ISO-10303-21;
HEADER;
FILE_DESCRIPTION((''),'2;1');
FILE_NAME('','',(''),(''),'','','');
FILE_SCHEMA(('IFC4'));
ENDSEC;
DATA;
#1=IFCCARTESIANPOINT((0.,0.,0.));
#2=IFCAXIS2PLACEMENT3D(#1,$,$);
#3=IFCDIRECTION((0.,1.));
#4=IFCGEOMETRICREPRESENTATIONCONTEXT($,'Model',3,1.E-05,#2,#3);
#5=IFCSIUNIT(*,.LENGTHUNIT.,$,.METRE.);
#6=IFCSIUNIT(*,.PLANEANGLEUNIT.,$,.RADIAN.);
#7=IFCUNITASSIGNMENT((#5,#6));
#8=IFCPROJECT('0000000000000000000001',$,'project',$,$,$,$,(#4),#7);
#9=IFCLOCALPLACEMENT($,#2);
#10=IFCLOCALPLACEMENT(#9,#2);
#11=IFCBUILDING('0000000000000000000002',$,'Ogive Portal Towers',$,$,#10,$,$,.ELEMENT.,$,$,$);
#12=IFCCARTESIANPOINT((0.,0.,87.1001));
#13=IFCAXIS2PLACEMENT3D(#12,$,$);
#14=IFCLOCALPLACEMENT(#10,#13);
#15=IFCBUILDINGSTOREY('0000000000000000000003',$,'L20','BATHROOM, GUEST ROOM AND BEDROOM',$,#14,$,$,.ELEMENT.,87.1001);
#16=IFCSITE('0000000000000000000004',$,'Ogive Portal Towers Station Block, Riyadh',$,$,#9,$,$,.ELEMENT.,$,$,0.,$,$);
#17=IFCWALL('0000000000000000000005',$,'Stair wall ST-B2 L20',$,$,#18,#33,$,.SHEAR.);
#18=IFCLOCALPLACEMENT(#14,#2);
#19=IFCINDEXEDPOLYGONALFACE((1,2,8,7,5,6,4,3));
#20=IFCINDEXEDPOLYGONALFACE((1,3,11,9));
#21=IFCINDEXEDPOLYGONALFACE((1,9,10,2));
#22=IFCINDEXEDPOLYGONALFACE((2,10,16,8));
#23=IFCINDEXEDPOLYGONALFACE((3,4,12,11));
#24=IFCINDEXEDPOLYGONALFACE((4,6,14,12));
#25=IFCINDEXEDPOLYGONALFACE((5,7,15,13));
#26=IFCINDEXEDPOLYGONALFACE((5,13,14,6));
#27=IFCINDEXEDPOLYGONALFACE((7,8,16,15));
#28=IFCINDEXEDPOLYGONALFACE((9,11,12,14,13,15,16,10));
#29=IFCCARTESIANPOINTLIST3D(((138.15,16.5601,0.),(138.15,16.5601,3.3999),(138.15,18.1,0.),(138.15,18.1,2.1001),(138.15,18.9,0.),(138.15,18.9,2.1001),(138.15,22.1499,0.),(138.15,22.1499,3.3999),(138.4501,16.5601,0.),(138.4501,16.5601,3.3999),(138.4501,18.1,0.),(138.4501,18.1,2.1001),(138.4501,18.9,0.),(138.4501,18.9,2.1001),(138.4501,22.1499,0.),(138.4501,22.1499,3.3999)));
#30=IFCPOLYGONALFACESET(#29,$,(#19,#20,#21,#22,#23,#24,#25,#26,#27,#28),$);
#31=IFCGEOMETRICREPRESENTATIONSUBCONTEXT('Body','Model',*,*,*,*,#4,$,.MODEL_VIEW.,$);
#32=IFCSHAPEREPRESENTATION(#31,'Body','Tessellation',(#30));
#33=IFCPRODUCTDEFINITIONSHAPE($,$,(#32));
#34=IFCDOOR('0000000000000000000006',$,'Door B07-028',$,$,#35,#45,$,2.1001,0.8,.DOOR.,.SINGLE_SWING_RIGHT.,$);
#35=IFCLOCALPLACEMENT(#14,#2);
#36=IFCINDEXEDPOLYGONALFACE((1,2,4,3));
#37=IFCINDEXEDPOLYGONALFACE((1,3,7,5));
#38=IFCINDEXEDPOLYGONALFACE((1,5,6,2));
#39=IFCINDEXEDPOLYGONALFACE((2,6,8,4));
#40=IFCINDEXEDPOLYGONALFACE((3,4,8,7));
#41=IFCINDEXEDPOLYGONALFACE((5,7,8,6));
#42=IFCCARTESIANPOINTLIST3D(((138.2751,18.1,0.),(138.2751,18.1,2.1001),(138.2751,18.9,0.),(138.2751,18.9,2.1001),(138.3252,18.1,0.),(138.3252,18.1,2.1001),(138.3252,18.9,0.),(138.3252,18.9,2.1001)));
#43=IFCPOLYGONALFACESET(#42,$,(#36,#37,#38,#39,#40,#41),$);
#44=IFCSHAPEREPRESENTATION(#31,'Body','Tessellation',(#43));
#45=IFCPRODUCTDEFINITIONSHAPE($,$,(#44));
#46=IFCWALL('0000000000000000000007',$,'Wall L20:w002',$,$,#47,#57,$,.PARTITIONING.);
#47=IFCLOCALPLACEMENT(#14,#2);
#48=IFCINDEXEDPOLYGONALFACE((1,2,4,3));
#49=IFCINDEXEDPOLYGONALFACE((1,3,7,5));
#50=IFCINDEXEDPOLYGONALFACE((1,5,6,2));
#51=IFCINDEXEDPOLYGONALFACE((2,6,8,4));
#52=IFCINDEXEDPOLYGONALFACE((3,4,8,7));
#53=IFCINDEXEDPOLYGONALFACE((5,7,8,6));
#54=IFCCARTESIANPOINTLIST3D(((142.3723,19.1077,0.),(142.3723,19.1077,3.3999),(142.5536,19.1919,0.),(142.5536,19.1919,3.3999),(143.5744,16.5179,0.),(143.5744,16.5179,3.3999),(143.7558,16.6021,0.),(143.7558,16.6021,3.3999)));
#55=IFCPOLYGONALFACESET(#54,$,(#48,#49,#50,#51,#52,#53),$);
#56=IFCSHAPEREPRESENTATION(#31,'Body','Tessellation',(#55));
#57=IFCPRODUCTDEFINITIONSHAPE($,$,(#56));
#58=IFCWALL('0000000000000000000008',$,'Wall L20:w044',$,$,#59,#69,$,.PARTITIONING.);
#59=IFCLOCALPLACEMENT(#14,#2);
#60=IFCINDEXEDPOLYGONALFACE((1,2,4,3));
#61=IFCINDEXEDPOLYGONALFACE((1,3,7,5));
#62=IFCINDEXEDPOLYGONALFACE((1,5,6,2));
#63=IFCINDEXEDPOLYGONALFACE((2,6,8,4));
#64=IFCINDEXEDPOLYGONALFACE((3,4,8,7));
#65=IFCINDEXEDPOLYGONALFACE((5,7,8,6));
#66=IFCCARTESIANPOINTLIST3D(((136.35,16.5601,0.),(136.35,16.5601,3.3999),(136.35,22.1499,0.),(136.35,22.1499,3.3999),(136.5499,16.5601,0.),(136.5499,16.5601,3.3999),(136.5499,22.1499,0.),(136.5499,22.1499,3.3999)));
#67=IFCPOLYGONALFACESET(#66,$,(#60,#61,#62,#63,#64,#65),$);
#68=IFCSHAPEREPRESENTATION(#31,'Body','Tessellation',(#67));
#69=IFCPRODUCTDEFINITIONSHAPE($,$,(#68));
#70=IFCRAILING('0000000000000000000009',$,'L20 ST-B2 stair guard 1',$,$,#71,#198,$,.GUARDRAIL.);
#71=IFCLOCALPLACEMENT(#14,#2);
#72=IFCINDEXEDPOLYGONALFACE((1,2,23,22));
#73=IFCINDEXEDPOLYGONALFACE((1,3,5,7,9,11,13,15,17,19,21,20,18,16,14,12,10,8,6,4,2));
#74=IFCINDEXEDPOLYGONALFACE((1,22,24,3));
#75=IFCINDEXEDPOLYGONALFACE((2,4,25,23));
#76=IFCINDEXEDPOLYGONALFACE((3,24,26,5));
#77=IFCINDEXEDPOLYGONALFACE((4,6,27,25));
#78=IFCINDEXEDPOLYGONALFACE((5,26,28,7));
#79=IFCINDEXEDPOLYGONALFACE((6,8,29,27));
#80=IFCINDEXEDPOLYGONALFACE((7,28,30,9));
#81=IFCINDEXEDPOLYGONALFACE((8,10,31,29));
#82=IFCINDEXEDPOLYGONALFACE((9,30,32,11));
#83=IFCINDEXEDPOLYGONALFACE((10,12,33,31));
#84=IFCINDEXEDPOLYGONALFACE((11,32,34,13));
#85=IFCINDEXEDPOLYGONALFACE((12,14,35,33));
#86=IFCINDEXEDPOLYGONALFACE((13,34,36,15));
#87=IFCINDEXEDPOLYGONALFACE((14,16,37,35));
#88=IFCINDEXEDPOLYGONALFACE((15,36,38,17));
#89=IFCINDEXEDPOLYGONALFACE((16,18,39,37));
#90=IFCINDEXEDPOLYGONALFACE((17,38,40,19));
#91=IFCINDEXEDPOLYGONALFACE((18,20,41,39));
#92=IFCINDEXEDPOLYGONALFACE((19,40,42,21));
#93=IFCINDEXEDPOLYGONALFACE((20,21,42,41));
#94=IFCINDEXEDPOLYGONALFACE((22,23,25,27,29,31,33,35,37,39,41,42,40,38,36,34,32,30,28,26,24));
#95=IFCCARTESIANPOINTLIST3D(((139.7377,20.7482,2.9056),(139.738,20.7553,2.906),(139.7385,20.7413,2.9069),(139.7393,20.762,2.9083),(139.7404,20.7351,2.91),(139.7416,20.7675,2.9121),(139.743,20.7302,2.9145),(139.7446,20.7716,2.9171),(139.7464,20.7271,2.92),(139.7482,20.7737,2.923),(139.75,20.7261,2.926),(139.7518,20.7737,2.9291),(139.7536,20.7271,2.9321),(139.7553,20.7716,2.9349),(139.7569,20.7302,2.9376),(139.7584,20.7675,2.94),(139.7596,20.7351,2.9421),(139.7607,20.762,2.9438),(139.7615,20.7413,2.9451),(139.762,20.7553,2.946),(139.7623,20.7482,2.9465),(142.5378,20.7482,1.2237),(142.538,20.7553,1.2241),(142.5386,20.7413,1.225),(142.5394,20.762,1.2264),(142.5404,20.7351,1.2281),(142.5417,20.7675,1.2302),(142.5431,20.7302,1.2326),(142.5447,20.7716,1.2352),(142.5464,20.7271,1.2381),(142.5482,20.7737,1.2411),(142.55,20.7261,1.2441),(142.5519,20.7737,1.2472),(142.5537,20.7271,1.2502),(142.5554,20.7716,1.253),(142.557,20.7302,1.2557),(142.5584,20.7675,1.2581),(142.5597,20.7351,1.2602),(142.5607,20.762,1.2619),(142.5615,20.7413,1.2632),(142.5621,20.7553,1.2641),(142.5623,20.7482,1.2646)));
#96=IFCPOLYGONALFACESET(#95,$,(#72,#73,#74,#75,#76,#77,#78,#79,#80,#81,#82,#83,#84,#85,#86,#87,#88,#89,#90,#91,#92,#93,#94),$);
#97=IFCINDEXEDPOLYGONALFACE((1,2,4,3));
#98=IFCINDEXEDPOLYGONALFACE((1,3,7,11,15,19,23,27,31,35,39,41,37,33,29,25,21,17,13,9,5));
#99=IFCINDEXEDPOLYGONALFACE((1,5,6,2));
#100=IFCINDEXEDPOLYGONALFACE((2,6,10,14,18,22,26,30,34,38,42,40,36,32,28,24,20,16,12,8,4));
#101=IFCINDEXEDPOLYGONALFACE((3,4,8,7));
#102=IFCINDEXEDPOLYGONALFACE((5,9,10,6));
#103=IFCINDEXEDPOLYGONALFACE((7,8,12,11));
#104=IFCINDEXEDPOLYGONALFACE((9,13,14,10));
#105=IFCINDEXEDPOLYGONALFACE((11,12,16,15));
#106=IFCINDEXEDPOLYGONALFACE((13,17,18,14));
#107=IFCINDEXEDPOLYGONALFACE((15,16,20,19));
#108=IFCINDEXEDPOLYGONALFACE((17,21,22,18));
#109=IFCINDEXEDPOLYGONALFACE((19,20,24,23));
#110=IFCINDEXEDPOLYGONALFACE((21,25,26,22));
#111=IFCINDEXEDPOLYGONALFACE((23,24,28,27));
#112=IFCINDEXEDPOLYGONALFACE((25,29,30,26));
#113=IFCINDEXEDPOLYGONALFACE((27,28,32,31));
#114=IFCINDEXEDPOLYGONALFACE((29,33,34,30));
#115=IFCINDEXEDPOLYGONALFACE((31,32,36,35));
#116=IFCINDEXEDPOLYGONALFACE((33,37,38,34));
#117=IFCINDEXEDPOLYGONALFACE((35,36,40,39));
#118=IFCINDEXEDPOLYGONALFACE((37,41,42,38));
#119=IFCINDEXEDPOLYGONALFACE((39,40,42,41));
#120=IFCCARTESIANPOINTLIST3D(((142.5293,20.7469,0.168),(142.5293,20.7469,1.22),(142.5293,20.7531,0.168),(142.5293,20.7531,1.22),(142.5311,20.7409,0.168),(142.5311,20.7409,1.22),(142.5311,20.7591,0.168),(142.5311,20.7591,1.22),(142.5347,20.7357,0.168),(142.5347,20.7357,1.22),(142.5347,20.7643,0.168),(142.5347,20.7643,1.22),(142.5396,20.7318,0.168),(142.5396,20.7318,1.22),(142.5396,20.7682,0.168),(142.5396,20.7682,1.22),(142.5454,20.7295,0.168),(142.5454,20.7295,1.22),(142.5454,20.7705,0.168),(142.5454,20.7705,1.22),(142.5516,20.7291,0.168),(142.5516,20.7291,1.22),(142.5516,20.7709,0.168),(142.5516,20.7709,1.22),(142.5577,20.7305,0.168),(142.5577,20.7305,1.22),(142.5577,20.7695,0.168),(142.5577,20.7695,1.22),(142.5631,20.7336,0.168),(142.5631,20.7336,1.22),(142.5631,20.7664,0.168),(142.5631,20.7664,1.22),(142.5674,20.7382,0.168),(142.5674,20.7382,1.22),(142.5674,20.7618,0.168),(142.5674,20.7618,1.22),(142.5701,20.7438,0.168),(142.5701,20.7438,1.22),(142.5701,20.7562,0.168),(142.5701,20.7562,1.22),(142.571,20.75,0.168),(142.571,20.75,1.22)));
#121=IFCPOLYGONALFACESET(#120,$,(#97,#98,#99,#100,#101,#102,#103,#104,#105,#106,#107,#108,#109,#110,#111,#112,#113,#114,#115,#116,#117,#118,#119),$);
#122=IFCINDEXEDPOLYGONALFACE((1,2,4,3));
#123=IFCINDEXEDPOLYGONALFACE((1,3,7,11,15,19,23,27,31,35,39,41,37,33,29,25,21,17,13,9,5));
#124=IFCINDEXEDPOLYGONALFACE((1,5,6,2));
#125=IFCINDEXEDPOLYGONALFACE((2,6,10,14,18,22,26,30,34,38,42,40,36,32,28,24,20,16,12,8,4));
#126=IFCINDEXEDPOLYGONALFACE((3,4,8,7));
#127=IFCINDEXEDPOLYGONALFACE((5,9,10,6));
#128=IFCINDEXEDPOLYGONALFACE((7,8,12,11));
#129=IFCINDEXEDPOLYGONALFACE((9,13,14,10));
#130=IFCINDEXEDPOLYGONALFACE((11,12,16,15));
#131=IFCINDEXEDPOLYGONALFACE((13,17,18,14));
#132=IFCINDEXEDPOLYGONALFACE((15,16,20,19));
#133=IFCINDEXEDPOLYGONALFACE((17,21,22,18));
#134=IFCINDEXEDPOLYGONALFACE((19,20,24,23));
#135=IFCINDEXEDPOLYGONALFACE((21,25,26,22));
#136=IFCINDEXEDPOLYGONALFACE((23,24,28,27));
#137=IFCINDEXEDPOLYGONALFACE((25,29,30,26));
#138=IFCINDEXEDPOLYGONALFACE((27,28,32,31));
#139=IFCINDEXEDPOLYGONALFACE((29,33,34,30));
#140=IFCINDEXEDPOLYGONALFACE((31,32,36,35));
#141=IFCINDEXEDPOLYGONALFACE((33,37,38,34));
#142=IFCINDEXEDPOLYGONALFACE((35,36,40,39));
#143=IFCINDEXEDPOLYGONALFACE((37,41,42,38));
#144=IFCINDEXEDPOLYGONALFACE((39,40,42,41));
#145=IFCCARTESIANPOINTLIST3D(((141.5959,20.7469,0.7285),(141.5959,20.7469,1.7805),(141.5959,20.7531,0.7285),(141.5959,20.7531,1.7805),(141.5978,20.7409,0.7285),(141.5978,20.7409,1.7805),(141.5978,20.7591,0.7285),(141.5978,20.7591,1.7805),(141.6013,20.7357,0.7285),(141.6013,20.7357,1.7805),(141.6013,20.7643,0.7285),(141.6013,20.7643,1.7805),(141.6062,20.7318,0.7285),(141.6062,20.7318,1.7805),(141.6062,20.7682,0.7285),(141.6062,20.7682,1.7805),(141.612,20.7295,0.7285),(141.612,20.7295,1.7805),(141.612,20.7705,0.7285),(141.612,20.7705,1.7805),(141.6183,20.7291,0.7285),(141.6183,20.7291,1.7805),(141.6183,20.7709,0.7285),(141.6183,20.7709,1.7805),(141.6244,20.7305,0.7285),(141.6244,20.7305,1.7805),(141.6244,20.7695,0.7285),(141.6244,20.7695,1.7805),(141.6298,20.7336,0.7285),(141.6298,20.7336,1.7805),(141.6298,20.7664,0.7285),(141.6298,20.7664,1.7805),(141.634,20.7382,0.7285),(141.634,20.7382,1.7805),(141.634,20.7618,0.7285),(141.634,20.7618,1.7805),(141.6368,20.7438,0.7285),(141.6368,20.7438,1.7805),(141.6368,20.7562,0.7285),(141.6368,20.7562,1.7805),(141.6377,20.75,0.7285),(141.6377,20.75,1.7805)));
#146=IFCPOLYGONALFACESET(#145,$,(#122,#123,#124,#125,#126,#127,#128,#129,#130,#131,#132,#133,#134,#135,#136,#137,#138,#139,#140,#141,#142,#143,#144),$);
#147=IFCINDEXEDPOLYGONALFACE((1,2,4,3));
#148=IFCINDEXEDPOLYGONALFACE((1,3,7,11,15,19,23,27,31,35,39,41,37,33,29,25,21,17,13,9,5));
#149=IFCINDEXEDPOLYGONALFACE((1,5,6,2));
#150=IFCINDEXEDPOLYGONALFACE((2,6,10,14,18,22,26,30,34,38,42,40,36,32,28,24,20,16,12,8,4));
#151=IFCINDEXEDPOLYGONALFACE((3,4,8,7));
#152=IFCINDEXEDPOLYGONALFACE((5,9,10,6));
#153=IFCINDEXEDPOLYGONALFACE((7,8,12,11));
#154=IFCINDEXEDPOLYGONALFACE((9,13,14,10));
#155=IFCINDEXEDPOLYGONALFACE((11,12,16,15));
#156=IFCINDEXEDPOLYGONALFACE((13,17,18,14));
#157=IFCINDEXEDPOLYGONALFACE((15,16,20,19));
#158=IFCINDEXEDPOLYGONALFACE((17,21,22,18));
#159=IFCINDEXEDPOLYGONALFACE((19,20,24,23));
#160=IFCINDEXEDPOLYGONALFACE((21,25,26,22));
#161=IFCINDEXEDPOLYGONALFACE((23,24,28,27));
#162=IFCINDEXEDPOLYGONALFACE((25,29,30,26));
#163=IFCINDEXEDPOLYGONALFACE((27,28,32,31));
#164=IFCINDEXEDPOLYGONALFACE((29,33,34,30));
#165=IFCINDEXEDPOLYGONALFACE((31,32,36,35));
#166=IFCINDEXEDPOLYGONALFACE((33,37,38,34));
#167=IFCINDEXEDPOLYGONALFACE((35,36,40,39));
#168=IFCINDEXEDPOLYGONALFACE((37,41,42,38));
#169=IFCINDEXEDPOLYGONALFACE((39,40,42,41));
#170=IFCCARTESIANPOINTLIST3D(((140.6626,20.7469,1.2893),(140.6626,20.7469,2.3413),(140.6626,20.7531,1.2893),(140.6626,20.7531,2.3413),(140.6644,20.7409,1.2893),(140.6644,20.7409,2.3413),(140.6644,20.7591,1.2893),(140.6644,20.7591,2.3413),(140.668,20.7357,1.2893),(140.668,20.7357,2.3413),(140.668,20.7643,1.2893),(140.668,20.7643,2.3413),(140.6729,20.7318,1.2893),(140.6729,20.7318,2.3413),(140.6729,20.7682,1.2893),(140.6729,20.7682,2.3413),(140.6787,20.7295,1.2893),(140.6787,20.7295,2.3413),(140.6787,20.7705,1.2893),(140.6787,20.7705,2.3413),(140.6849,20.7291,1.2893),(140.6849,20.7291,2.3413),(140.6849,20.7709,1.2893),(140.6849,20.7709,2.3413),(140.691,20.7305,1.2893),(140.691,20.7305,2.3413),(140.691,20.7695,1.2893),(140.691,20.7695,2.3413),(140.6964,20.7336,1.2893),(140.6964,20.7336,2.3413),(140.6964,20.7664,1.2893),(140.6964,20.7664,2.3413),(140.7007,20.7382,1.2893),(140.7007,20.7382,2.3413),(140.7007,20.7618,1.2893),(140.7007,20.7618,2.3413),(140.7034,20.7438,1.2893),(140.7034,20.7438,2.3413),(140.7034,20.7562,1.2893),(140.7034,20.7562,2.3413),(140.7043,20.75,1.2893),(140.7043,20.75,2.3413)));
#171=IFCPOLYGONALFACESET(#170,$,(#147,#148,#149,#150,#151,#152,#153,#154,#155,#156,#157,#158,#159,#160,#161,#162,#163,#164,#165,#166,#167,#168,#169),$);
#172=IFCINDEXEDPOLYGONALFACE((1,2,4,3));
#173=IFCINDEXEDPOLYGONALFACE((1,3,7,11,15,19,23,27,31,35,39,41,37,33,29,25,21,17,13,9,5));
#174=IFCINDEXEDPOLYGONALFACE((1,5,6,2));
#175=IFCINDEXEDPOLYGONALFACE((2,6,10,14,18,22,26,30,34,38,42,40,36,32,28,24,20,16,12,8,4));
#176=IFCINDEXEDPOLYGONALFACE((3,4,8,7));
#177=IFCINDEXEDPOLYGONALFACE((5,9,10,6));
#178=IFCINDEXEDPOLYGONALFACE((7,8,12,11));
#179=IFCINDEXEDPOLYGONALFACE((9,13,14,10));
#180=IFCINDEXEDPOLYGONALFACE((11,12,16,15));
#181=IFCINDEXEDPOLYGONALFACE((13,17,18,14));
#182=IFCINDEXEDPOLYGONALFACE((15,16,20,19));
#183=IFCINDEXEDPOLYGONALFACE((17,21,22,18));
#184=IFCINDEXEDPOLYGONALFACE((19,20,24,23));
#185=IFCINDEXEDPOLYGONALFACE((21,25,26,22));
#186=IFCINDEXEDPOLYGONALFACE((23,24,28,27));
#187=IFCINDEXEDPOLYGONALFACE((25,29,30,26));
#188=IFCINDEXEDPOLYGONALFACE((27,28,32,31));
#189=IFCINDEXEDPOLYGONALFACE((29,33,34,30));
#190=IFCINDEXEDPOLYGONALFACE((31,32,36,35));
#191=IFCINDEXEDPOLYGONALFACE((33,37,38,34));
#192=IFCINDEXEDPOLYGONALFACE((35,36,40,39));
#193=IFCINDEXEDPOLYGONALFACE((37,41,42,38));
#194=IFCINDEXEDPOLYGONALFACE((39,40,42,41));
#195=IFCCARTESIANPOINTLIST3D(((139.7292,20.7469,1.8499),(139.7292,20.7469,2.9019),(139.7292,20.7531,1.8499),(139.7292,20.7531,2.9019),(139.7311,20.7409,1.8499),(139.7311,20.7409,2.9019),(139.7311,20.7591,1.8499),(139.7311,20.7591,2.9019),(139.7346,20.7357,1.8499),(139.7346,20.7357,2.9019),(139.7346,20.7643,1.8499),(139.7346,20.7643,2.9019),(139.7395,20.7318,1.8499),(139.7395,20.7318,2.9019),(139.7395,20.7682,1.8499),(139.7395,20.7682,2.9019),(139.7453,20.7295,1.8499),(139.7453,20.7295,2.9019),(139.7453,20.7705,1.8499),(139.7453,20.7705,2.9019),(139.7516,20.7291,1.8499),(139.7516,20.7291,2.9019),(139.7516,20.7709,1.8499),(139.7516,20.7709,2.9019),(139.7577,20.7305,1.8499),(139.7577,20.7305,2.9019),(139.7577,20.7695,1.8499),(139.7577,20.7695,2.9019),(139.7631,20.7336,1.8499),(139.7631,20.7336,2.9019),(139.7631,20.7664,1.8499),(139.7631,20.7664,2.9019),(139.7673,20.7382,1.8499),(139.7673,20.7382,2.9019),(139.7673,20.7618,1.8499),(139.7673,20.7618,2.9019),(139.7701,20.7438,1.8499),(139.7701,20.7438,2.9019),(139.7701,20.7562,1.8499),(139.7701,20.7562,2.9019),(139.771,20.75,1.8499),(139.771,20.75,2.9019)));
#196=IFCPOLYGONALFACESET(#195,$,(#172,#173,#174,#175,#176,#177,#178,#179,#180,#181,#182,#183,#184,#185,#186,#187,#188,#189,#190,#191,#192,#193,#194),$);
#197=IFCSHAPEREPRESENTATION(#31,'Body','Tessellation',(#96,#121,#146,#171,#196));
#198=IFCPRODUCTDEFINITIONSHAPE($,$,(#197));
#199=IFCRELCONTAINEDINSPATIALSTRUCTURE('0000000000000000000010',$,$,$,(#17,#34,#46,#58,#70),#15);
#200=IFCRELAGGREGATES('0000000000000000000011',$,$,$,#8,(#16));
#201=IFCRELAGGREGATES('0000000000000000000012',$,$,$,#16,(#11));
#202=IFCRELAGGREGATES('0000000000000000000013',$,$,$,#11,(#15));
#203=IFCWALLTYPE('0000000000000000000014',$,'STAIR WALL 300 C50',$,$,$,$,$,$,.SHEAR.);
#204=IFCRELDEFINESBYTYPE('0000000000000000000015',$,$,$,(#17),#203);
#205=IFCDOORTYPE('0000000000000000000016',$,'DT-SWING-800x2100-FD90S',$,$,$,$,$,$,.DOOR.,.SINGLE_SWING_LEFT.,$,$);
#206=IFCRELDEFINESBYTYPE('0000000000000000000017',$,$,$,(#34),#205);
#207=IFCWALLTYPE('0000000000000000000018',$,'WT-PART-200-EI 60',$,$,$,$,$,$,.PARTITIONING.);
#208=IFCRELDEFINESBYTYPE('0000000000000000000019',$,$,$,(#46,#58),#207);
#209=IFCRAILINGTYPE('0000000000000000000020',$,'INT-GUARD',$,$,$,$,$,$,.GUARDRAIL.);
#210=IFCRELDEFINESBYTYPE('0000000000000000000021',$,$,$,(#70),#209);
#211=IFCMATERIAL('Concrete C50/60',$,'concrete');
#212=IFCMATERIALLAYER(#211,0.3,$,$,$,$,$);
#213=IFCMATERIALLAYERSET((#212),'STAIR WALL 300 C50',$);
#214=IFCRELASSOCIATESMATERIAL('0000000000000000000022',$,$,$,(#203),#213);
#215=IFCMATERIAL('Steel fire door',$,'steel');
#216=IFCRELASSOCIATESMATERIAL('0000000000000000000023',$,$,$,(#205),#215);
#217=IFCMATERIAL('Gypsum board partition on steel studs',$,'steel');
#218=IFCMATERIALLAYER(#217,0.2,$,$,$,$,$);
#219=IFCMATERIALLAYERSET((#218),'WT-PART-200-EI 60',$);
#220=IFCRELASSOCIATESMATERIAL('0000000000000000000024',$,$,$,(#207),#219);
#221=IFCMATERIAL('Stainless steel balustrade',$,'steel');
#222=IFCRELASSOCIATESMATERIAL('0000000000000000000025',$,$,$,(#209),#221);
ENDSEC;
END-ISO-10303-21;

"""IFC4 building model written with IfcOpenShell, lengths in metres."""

from ifc_helpers import new_model, si_unit, direction, frame, frame_2d, origin, origin_2d, place, context, subcontext, project, spatial, rectangle, circle, extrude, material, layer, layer_set, type_object, element, fill, save


model = new_model("IFC4")

# Units and contexts
model_context = context("Model", 3, precision=1e-05, world=origin(), true_north=direction((0.0, 1.0)))
body_context = subcontext(model_context, "Body", "Model", "MODEL_VIEW")
ifc_project = project(units=[si_unit("LENGTHUNIT", "METRE"), si_unit("PLANEANGLEUNIT", "RADIAN")], contexts=[model_context])

# Site, building, storey
site_placement = place(None, origin())
site = spatial("IfcSite", under=ifc_project, at=site_placement, Name="Ogive Portal Towers Station Block, Riyadh", CompositionType="ELEMENT", RefElevation=0.0)
building_placement = place(site_placement, origin())
building = spatial("IfcBuilding", under=site, at=building_placement, Name="Ogive Portal Towers", CompositionType="ELEMENT")
storey_placement = place(building_placement, frame((0.0, 0.0, 87.1001)))
storey = spatial("IfcBuildingStorey", under=building, at=storey_placement, Name="L20", Description="BATHROOM, GUEST ROOM AND BEDROOM", CompositionType="ELEMENT", Elevation=87.1001)

# Shared definitions
ifc_material_1 = material(Name="Concrete C50/60", Category="concrete")

# Shared definitions
ifc_material_2 = material(Name="Steel fire door", Category="steel")

# Shared definitions
ifc_layer_1 = layer(ifc_material_1, 0.3)
ifc_layer_set_1 = layer_set([ifc_layer_1], Name="STAIR WALL 300 C50")
wall_type_1 = type_object("IfcWallType", Name="STAIR WALL 300 C50", PredefinedType="SHEAR", material=ifc_layer_set_1)

# Wall, opening, door
wall_1_placement = place(storey_placement, frame((138.3, 16.5601, 0.0), z_axis=(0.0, 0.0, 1.0), x_axis=(0.0, 1.0, 0.0)))
wall_1 = element("IfcWall", 1, at=wall_1_placement, inside=storey, type_object=wall_type_1, Name="Stair wall ST-B2 L20", PredefinedType="SHEAR", context=body_context, shape_type="SweptSolid", body=[
    extrude(rectangle(XDim=5.5898, YDim=0.3, at=frame_2d((2.7949, 0.0))), origin(), (0.0, 0.0, 1.0), 3.3999),
])
opening_1_placement = place(wall_1_placement, frame((1.54, 0.0, 0.0)))
opening_1 = element("IfcOpeningElement", 2, at=opening_1_placement, cuts=wall_1, PredefinedType="OPENING", context=body_context, shape_type="SweptSolid", body=[
    extrude(rectangle(XDim=0.8, YDim=2.1001, at=frame_2d((0.3999, 1.05))), frame((0.0, 0.1602, 0.0), z_axis=(0.0, -1.0, 0.0), x_axis=(1.0, 0.0, 0.0)), (0.0, 0.0, 1.0), 0.3201),
])
door_type_1 = type_object("IfcDoorType", Name="DT-SWING-800x2100-FD90S", OperationType="SINGLE_SWING_LEFT", PredefinedType="DOOR", material=ifc_material_2)
door_1_placement = place(opening_1_placement, origin())
door_1 = element("IfcDoor", 3, at=door_1_placement, inside=storey, type_object=door_type_1, Name="Door B07-028", OperationType="SINGLE_SWING_RIGHT", OverallHeight=2.1001, OverallWidth=0.8, PredefinedType="DOOR", context=body_context, shape_type="SweptSolid", body=[
    extrude(rectangle(XDim=0.8, YDim=2.1001, at=frame_2d((0.3999, 1.05))), frame((0.0, 0.0249, 0.0), z_axis=(0.0, -1.0, 0.0), x_axis=(1.0, 0.0, 0.0)), (0.0, 0.0, 1.0), 0.05),
])
fill(opening_1, door_1)

# Walls
ifc_material_3 = material(Name="Gypsum board partition on steel studs", Category="steel")
ifc_layer_2 = layer(ifc_material_3, 0.2)
ifc_layer_set_2 = layer_set([ifc_layer_2], Name="WT-PART-200-EI 60")
wall_type_2 = type_object("IfcWallType", Name="WT-PART-200-EI 60", PredefinedType="PARTITIONING", material=ifc_layer_set_2)
wall_2_placement = place(storey_placement, frame((142.4629, 19.1499, 0.0), z_axis=(0.0, 0.0, 1.0), x_axis=(0.421031, -0.907046, 0.0)))
element("IfcWall", 4, at=wall_2_placement, inside=storey, type_object=wall_type_2, Name="Wall L20:w002", PredefinedType="PARTITIONING", context=body_context, shape_type="SweptSolid", body=[
    extrude(rectangle(XDim=2.8552, YDim=0.2, at=frame_2d((1.4277, 0.0))), origin(), (0.0, 0.0, 1.0), 3.3999),
])
wall_3_placement = place(storey_placement, frame((136.45, 16.5601, 0.0), z_axis=(0.0, 0.0, 1.0), x_axis=(0.0, 1.0, 0.0)))
element("IfcWall", 5, at=wall_3_placement, inside=storey, type_object=wall_type_2, Name="Wall L20:w044", PredefinedType="PARTITIONING", context=body_context, shape_type="SweptSolid", body=[
    extrude(rectangle(XDim=5.5898, YDim=0.2, at=frame_2d((2.7949, 0.0))), origin(), (0.0, 0.0, 1.0), 3.3999),
])

# Railing
ifc_material_4 = material(Name="Stainless steel balustrade", Category="steel")
railing_type_1 = type_object("IfcRailingType", Name="INT-GUARD", PredefinedType="GUARDRAIL", material=ifc_material_4)
railing_1_placement = place(storey_placement, frame((142.55, 20.75, 0.168)))
element("IfcRailing", 6, at=railing_1_placement, inside=storey, type_object=railing_type_1, Name="L20 ST-B2 stair guard 1", PredefinedType="GUARDRAIL", context=body_context, shape_type="SweptSolid", body=[
    extrude(circle(Radius=0.0239, at=origin_2d()), frame((0.0, 0.0, 1.0762), z_axis=(-0.857242, 0.0, 0.514913), x_axis=(0.0, -1.0, 0.0)), (0.0, 0.0, 1.0), 3.2664),
    extrude(circle(Radius=0.021, at=origin_2d()), origin(), (0.0, 0.0, 1.0), 1.052),
    extrude(circle(Radius=0.021, at=origin_2d()), frame((-0.9333, 0.0, 0.5605)), (0.0, 0.0, 1.0), 1.052),
    extrude(circle(Radius=0.021, at=origin_2d()), frame((-1.8667, 0.0, 1.1213)), (0.0, 0.0, 1.0), 1.052),
    extrude(circle(Radius=0.021, at=origin_2d()), frame((-2.8, 0.0, 1.6819)), (0.0, 0.0, 1.0), 1.052),
])

save(model, "model.ifc")
